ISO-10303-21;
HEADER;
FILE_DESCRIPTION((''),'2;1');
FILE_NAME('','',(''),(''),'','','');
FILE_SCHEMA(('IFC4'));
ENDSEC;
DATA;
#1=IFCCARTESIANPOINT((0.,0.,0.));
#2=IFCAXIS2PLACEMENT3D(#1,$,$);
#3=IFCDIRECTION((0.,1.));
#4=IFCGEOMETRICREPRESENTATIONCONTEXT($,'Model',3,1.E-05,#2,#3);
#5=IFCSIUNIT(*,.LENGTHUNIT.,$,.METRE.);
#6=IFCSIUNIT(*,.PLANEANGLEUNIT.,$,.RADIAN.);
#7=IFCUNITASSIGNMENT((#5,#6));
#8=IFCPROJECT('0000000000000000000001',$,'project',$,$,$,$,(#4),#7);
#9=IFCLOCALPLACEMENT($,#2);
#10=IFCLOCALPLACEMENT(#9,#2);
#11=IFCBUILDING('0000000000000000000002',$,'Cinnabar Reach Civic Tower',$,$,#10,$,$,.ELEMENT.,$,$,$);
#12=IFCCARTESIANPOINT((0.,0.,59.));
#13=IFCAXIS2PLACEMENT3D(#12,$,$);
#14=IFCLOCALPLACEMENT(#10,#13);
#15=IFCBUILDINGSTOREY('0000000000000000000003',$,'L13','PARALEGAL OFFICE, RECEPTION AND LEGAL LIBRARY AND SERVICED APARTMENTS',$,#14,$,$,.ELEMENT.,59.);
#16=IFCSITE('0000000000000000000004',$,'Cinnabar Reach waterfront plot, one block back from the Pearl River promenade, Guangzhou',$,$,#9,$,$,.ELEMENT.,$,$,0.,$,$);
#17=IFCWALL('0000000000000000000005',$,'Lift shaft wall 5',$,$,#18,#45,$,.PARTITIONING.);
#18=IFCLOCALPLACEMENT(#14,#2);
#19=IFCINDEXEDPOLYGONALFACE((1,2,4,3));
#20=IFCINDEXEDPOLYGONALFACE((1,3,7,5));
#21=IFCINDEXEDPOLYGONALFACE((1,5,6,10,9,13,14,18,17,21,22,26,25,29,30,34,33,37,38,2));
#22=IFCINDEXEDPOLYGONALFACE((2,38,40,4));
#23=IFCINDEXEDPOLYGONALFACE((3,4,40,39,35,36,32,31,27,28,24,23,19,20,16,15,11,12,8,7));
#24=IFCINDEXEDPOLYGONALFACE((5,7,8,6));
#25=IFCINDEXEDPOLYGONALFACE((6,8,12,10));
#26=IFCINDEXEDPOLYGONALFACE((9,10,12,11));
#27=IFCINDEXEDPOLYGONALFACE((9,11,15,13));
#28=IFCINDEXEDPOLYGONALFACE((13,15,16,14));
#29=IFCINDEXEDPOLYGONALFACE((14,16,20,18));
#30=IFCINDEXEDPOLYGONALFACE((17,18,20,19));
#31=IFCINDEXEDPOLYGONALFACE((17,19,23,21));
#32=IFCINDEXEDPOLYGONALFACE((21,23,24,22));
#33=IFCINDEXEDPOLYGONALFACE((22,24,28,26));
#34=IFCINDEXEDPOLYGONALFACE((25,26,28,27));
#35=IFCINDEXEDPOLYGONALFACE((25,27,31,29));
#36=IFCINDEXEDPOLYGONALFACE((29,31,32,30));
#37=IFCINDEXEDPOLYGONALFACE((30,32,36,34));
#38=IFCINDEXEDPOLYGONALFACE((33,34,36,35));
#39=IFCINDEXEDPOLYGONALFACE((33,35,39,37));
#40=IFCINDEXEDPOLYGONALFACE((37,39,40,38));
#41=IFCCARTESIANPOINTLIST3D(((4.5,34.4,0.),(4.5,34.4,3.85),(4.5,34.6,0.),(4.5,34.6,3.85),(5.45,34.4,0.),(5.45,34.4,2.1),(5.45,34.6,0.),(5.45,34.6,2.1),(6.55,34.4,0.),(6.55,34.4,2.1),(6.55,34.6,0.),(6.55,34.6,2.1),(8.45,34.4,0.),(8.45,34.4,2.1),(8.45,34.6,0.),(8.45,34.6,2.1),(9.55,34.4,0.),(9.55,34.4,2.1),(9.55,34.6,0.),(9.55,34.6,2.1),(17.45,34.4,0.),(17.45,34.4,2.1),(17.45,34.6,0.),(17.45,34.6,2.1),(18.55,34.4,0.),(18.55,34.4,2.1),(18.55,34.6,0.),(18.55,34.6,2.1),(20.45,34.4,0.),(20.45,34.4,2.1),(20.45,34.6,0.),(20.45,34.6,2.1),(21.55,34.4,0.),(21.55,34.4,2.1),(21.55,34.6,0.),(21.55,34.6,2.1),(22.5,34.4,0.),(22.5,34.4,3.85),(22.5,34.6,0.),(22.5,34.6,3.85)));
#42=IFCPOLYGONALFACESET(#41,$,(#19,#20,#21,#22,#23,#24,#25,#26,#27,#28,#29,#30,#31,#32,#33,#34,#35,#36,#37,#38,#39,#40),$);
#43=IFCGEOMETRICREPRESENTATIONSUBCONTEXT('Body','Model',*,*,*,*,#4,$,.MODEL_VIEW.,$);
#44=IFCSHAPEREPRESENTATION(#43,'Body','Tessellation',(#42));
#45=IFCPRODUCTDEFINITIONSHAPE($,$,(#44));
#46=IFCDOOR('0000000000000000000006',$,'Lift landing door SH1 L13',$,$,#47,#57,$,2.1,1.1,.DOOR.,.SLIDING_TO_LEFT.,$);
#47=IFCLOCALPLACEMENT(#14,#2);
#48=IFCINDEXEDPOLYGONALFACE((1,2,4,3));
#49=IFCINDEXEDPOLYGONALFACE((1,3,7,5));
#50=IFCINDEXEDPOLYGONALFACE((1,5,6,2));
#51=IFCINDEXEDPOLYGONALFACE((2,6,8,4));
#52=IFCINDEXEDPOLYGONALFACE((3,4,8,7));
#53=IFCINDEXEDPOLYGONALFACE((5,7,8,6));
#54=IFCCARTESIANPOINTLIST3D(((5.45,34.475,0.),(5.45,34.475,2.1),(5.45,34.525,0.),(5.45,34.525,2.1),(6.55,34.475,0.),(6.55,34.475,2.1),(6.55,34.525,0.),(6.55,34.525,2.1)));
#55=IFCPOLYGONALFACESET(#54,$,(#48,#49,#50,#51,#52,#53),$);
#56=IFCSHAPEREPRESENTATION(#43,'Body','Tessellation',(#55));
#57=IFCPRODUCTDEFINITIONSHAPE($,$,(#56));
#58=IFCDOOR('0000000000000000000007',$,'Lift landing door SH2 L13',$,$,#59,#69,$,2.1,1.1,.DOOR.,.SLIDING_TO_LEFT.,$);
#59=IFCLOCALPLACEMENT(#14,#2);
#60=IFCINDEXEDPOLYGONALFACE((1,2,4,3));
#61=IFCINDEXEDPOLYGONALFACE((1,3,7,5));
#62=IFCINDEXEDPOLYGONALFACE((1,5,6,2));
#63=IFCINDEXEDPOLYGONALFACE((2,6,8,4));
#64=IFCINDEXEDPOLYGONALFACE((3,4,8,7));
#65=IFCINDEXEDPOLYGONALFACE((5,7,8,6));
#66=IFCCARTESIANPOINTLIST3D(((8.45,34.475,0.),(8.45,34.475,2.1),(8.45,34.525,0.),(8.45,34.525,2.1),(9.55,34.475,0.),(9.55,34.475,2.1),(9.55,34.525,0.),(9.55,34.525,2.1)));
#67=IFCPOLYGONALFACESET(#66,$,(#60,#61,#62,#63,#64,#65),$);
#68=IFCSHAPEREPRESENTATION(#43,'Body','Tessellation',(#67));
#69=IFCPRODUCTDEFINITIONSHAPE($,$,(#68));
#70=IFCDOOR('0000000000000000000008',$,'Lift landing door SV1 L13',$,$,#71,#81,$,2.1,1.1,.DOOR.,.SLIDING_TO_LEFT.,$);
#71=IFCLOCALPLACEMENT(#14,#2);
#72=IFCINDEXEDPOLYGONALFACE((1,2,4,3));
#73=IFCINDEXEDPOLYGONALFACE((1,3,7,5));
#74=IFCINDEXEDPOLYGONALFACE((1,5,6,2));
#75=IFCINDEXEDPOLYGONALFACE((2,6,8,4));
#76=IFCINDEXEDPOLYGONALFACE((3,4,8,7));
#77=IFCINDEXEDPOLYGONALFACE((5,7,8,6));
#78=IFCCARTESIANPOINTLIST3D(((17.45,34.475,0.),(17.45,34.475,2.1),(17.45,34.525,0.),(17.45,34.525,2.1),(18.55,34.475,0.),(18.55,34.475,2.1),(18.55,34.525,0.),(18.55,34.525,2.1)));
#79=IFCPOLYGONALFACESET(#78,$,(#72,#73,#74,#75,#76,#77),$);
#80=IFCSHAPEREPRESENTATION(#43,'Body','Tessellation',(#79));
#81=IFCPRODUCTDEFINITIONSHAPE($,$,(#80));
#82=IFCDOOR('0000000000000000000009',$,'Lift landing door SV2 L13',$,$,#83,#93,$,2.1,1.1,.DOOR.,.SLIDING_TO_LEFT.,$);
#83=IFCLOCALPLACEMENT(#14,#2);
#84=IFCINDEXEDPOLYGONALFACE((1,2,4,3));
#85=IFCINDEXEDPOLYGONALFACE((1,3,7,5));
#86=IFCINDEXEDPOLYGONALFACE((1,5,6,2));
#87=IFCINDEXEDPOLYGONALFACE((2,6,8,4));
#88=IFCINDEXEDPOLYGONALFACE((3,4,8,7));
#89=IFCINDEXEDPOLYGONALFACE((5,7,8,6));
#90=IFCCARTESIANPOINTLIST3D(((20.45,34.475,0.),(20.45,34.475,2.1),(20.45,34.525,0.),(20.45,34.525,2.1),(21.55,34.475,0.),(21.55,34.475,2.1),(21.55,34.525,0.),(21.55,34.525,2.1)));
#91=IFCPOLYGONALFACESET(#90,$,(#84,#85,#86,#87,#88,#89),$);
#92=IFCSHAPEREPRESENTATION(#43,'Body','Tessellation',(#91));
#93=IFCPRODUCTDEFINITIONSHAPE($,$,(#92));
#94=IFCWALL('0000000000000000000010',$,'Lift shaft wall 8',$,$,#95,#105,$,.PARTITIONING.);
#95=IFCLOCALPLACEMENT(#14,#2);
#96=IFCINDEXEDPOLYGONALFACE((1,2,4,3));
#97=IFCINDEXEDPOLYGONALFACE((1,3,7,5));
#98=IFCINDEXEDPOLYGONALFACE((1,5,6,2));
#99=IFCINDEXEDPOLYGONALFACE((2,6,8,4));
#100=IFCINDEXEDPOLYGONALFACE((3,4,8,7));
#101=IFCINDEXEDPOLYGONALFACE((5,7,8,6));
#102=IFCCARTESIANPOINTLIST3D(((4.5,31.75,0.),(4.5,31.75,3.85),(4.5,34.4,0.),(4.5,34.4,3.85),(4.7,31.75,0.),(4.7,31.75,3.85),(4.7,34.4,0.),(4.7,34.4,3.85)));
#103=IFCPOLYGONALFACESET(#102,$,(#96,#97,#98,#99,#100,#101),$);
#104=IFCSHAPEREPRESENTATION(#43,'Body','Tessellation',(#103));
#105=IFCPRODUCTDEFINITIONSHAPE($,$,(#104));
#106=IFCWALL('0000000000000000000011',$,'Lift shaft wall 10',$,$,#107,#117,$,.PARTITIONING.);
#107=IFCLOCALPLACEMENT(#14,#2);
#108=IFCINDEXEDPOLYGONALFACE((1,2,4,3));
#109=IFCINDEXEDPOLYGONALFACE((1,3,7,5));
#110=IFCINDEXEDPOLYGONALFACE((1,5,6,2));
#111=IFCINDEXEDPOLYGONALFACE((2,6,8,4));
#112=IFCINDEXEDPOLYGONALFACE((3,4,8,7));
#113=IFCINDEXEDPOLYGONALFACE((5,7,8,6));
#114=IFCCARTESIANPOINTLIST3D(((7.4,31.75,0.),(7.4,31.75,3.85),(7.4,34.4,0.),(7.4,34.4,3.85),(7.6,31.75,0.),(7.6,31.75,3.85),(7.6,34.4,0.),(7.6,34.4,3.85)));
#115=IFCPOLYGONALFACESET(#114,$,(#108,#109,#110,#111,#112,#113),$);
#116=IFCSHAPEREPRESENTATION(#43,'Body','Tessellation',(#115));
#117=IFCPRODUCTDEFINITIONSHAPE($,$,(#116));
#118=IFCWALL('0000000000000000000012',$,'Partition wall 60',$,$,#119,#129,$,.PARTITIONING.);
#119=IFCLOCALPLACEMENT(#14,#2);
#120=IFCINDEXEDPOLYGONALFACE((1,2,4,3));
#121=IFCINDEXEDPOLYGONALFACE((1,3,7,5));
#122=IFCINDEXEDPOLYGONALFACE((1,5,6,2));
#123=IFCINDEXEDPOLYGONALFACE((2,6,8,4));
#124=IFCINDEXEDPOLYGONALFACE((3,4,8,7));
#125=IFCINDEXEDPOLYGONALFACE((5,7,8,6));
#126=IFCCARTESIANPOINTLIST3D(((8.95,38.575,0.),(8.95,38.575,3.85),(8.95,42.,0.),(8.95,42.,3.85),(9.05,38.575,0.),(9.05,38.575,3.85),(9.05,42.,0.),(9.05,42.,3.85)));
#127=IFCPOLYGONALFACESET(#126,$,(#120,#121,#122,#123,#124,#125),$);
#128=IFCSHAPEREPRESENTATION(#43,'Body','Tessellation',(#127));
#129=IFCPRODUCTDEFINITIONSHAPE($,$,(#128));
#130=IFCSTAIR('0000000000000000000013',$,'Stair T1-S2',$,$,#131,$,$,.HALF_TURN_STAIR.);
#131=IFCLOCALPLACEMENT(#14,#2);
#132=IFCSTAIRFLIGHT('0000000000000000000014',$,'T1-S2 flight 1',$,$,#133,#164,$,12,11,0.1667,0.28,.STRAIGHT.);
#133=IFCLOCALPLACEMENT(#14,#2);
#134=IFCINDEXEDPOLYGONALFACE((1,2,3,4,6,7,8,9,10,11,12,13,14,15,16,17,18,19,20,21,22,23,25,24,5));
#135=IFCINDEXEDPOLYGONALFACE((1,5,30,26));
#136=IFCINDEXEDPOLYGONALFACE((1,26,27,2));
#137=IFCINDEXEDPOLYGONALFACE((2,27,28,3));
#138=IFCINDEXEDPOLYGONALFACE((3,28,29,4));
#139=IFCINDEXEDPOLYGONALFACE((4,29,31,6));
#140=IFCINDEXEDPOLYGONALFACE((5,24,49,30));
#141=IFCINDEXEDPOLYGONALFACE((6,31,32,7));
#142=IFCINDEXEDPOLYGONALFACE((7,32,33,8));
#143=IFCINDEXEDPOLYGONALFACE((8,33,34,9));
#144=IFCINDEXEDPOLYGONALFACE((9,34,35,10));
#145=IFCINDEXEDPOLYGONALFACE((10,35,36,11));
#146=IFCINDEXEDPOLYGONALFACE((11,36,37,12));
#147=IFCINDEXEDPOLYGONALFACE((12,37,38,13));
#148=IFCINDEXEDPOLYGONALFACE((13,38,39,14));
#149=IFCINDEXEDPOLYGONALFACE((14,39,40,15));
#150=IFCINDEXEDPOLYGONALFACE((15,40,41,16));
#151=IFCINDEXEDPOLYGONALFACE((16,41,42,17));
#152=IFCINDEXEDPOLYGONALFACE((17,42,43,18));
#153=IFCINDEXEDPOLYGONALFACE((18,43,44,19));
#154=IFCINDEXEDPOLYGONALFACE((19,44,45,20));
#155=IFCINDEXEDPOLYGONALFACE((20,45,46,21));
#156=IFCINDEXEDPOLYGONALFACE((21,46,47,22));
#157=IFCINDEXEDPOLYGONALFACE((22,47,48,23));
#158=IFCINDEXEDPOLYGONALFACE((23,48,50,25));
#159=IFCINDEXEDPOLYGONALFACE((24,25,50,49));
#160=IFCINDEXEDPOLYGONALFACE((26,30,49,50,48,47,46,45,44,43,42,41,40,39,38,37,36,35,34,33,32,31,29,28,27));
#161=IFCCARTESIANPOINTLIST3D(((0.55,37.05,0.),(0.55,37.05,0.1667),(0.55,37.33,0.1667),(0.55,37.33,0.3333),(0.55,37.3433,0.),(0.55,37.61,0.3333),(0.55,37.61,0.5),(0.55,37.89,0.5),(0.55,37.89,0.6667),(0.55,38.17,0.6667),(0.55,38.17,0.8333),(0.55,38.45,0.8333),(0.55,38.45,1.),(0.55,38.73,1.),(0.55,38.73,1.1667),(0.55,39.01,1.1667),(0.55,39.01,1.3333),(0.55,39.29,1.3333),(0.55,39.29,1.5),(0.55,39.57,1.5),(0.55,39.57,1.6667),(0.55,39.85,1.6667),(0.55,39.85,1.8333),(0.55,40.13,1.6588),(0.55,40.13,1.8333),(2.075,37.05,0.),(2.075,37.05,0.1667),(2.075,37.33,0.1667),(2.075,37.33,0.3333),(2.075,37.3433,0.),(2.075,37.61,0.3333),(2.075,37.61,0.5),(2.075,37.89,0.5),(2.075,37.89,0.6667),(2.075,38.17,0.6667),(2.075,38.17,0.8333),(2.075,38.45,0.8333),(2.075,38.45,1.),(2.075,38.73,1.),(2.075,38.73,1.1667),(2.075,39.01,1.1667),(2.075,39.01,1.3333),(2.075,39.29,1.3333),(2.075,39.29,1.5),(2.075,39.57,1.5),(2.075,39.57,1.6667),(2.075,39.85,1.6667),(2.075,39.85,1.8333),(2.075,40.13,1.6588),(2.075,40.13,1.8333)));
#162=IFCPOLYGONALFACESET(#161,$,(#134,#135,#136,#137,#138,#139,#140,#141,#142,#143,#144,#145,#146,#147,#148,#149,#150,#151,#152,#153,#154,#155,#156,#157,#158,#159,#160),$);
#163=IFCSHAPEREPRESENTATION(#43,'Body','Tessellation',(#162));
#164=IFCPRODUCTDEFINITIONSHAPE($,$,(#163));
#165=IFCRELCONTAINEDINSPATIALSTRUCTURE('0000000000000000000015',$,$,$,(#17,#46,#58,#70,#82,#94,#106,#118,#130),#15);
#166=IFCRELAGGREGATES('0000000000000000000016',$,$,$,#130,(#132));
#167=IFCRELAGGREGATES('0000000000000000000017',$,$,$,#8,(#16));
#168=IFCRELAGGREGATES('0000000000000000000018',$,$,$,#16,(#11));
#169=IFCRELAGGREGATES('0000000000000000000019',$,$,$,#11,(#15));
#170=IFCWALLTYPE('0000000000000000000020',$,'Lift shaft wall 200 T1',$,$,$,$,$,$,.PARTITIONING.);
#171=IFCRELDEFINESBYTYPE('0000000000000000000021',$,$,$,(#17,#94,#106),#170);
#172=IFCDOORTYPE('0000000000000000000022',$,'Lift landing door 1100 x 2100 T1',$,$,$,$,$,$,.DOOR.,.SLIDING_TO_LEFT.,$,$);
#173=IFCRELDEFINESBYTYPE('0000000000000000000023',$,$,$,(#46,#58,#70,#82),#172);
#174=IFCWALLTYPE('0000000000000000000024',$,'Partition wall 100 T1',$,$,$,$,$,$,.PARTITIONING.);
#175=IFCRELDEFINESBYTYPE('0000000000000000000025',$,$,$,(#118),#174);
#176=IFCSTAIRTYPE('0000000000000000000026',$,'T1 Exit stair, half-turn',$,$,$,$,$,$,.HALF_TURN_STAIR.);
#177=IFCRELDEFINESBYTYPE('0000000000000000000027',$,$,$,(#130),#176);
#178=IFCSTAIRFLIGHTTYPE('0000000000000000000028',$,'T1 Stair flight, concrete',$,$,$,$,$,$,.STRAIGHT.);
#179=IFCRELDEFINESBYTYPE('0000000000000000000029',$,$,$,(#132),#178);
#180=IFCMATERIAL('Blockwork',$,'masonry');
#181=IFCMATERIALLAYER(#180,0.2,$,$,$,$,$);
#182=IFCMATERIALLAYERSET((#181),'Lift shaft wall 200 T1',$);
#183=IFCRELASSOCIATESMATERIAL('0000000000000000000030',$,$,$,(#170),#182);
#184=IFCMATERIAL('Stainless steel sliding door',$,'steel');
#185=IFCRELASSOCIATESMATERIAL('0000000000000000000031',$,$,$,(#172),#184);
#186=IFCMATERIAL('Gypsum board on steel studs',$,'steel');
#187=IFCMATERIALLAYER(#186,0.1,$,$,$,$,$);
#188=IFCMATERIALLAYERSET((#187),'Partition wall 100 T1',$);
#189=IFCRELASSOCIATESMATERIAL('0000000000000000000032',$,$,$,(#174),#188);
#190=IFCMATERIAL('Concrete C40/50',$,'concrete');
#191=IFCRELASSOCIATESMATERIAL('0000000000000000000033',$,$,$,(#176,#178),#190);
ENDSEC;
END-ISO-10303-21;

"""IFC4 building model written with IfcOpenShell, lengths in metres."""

from ifc_helpers import new_model, si_unit, direction, frame, frame_2d, origin, place, context, subcontext, project, spatial, polyline, rectangle, outline, extrude, material, layer, layer_set, type_object, element, fill, aggregate, save


model = new_model("IFC4")

# Units and contexts
model_context = context("Model", 3, precision=1e-05, world=origin(), true_north=direction((0.0, 1.0)))
body_context = subcontext(model_context, "Body", "Model", "MODEL_VIEW")
ifc_project = project(units=[si_unit("LENGTHUNIT", "METRE"), si_unit("PLANEANGLEUNIT", "RADIAN")], contexts=[model_context])

# Site, building, storey
site_placement = place(None, origin())
site = spatial("IfcSite", under=ifc_project, at=site_placement, Name="Cinnabar Reach waterfront plot, one block back from the Pearl River promenade, Guangzhou", CompositionType="ELEMENT", RefElevation=0.0)
building_placement = place(site_placement, origin())
building = spatial("IfcBuilding", under=site, at=building_placement, Name="Cinnabar Reach Civic Tower", CompositionType="ELEMENT")
storey_placement = place(building_placement, frame((0.0, 0.0, 59.0)))
storey = spatial("IfcBuildingStorey", under=building, at=storey_placement, Name="L13", Description="PARALEGAL OFFICE, RECEPTION AND LEGAL LIBRARY AND SERVICED APARTMENTS", CompositionType="ELEMENT", Elevation=59.0)

# Wall, openings, doors
ifc_material_1 = material(Name="Blockwork", Category="masonry")
ifc_layer_1 = layer(ifc_material_1, 0.2)
ifc_layer_set_1 = layer_set([ifc_layer_1], Name="Lift shaft wall 200 T1")
wall_type_1 = type_object("IfcWallType", Name="Lift shaft wall 200 T1", PredefinedType="PARTITIONING", material=ifc_layer_set_1)
wall_1_placement = place(storey_placement, frame((4.5, 34.5, 0.0), z_axis=(0.0, 0.0, 1.0), x_axis=(1.0, 0.0, 0.0)))
wall_1 = element("IfcWall", 1, at=wall_1_placement, inside=storey, type_object=wall_type_1, Name="Lift shaft wall 5", PredefinedType="PARTITIONING", context=body_context, shape_type="SweptSolid", body=[
    extrude(rectangle(XDim=18.0, YDim=0.2, at=frame_2d((9.0, 0.0))), origin(), (0.0, 0.0, 1.0), 3.85),
])
opening_1_placement = place(wall_1_placement, frame((0.95, 0.0, 0.0)))
opening_1 = element("IfcOpeningElement", 2, at=opening_1_placement, cuts=wall_1, PredefinedType="OPENING", context=body_context, shape_type="SweptSolid", body=[
    extrude(rectangle(XDim=1.1, YDim=2.1, at=frame_2d((0.55, 1.05))), frame((0.0, 0.11, 0.0), z_axis=(0.0, -1.0, 0.0), x_axis=(1.0, 0.0, 0.0)), (0.0, 0.0, 1.0), 0.22),
])
opening_2_placement = place(wall_1_placement, frame((3.95, 0.0, 0.0)))
opening_2 = element("IfcOpeningElement", 3, at=opening_2_placement, cuts=wall_1, PredefinedType="OPENING", context=body_context, shape_type="SweptSolid", body=[
    extrude(rectangle(XDim=1.1, YDim=2.1, at=frame_2d((0.55, 1.05))), frame((0.0, 0.11, 0.0), z_axis=(0.0, -1.0, 0.0), x_axis=(1.0, 0.0, 0.0)), (0.0, 0.0, 1.0), 0.22),
])
opening_3_placement = place(wall_1_placement, frame((12.95, 0.0, 0.0)))
opening_3 = element("IfcOpeningElement", 4, at=opening_3_placement, cuts=wall_1, PredefinedType="OPENING", context=body_context, shape_type="SweptSolid", body=[
    extrude(rectangle(XDim=1.1, YDim=2.1, at=frame_2d((0.55, 1.05))), frame((0.0, 0.11, 0.0), z_axis=(0.0, -1.0, 0.0), x_axis=(1.0, 0.0, 0.0)), (0.0, 0.0, 1.0), 0.22),
])
opening_4_placement = place(wall_1_placement, frame((15.95, 0.0, 0.0)))
opening_4 = element("IfcOpeningElement", 5, at=opening_4_placement, cuts=wall_1, PredefinedType="OPENING", context=body_context, shape_type="SweptSolid", body=[
    extrude(rectangle(XDim=1.1, YDim=2.1, at=frame_2d((0.55, 1.05))), frame((0.0, 0.11, 0.0), z_axis=(0.0, -1.0, 0.0), x_axis=(1.0, 0.0, 0.0)), (0.0, 0.0, 1.0), 0.22),
])
ifc_material_2 = material(Name="Stainless steel sliding door", Category="steel")
door_type_1 = type_object("IfcDoorType", Name="Lift landing door 1100 x 2100 T1", OperationType="SLIDING_TO_LEFT", PredefinedType="DOOR", material=ifc_material_2)
door_1_placement = place(opening_1_placement, origin())
door_1 = element("IfcDoor", 6, at=door_1_placement, inside=storey, type_object=door_type_1, Name="Lift landing door SH1 L13", OperationType="SLIDING_TO_LEFT", OverallHeight=2.1, OverallWidth=1.1, PredefinedType="DOOR", context=body_context, shape_type="SweptSolid", body=[
    extrude(rectangle(XDim=1.1, YDim=2.1, at=frame_2d((0.55, 1.05))), frame((0.0, 0.025, 0.0), z_axis=(0.0, -1.0, 0.0), x_axis=(1.0, 0.0, 0.0)), (0.0, 0.0, 1.0), 0.05),
])
fill(opening_1, door_1)
door_2_placement = place(opening_2_placement, origin())
door_2 = element("IfcDoor", 7, at=door_2_placement, inside=storey, type_object=door_type_1, Name="Lift landing door SH2 L13", OperationType="SLIDING_TO_LEFT", OverallHeight=2.1, OverallWidth=1.1, PredefinedType="DOOR", context=body_context, shape_type="SweptSolid", body=[
    extrude(rectangle(XDim=1.1, YDim=2.1, at=frame_2d((0.55, 1.05))), frame((0.0, 0.025, 0.0), z_axis=(0.0, -1.0, 0.0), x_axis=(1.0, 0.0, 0.0)), (0.0, 0.0, 1.0), 0.05),
])
fill(opening_2, door_2)
door_3_placement = place(opening_3_placement, origin())
door_3 = element("IfcDoor", 8, at=door_3_placement, inside=storey, type_object=door_type_1, Name="Lift landing door SV1 L13", OperationType="SLIDING_TO_LEFT", OverallHeight=2.1, OverallWidth=1.1, PredefinedType="DOOR", context=body_context, shape_type="SweptSolid", body=[
    extrude(rectangle(XDim=1.1, YDim=2.1, at=frame_2d((0.55, 1.05))), frame((0.0, 0.025, 0.0), z_axis=(0.0, -1.0, 0.0), x_axis=(1.0, 0.0, 0.0)), (0.0, 0.0, 1.0), 0.05),
])
fill(opening_3, door_3)
door_4_placement = place(opening_4_placement, origin())
door_4 = element("IfcDoor", 9, at=door_4_placement, inside=storey, type_object=door_type_1, Name="Lift landing door SV2 L13", OperationType="SLIDING_TO_LEFT", OverallHeight=2.1, OverallWidth=1.1, PredefinedType="DOOR", context=body_context, shape_type="SweptSolid", body=[
    extrude(rectangle(XDim=1.1, YDim=2.1, at=frame_2d((0.55, 1.05))), frame((0.0, 0.025, 0.0), z_axis=(0.0, -1.0, 0.0), x_axis=(1.0, 0.0, 0.0)), (0.0, 0.0, 1.0), 0.05),
])
fill(opening_4, door_4)

# Walls
for number, where, z_axis, x_axis, name in (
    (10, (4.6, 31.75, 0.0), (0.0, 0.0, 1.0), (0.0, 1.0, 0.0), "Lift shaft wall 8"),
    (11, (7.5, 31.75, 0.0), (0.0, 0.0, 1.0), (0.0, 1.0, 0.0), "Lift shaft wall 10"),
):
    element("IfcWall", number, at=place(storey_placement, frame(where, z_axis=z_axis, x_axis=x_axis)), inside=storey, type_object=wall_type_1, Name=name, PredefinedType="PARTITIONING", context=body_context, shape_type="SweptSolid", body=[
        extrude(rectangle(XDim=2.65, YDim=0.2, at=frame_2d((1.325, 0.0))), origin(), (0.0, 0.0, 1.0), 3.85),
    ])
ifc_material_3 = material(Name="Gypsum board on steel studs", Category="steel")
ifc_layer_2 = layer(ifc_material_3, 0.1)
ifc_layer_set_2 = layer_set([ifc_layer_2], Name="Partition wall 100 T1")
wall_type_2 = type_object("IfcWallType", Name="Partition wall 100 T1", PredefinedType="PARTITIONING", material=ifc_layer_set_2)
wall_2_placement = place(storey_placement, frame((9.0, 38.575, 0.0), z_axis=(0.0, 0.0, 1.0), x_axis=(0.0, 1.0, 0.0)))
element("IfcWall", 12, at=wall_2_placement, inside=storey, type_object=wall_type_2, Name="Partition wall 60", PredefinedType="PARTITIONING", context=body_context, shape_type="SweptSolid", body=[
    extrude(rectangle(XDim=3.425, YDim=0.1, at=frame_2d((1.7125, 0.0))), origin(), (0.0, 0.0, 1.0), 3.85),
])

# Stair, stair flight
ifc_material_4 = material(Name="Concrete C40/50", Category="concrete")
stair_type = type_object("IfcStairType", Name="T1 Exit stair, half-turn", PredefinedType="HALF_TURN_STAIR", material=ifc_material_4)
stair_placement = place(storey_placement, origin())
stair = element("IfcStair", 13, at=stair_placement, inside=storey, type_object=stair_type, Name="Stair T1-S2", PredefinedType="HALF_TURN_STAIR")
stair_flight_type = type_object("IfcStairFlightType", Name="T1 Stair flight, concrete", PredefinedType="STRAIGHT", material=ifc_material_4)
stair_flight_placement = place(storey_placement, frame((1.3125, 37.05, 0.0), z_axis=(0.0, 0.0, 1.0), x_axis=(0.0, 1.0, 0.0)))
stair_flight = element("IfcStairFlight", 14, at=stair_flight_placement, type_object=stair_flight_type, Name="T1-S2 flight 1", NumberOfRisers=12, NumberOfTreads=11, PredefinedType="STRAIGHT", RiserHeight=0.1667, TreadLength=0.28, context=body_context, shape_type="SweptSolid", body=[
    extrude(outline(polyline([(0.0, 0.0), (0.0, 0.1667), (0.28, 0.1667), (0.28, 0.3333), (0.56, 0.3333), (0.56, 0.5), (0.84, 0.5), (0.84, 0.6667), (1.12, 0.6667), (1.12, 0.8333), (1.4, 0.8333), (1.4, 1.0), (1.68, 1.0), (1.68, 1.1667), (1.96, 1.1667), (1.96, 1.3333), (2.24, 1.3333), (2.24, 1.5), (2.52, 1.5), (2.52, 1.6667), (2.8, 1.6667), (2.8, 1.8333), (3.08, 1.8333), (3.08, 2.0), (3.08, 1.6588), (0.2933, 0.0), (0.0, 0.0)])), frame((0.0, 0.7625, 0.0), z_axis=(0.0, -1.0, 0.0), x_axis=(1.0, 0.0, 0.0)), (0.0, 0.0, 1.0), 1.525),
])
aggregate(stair, [stair_flight])

save(model, "model.ifc")
